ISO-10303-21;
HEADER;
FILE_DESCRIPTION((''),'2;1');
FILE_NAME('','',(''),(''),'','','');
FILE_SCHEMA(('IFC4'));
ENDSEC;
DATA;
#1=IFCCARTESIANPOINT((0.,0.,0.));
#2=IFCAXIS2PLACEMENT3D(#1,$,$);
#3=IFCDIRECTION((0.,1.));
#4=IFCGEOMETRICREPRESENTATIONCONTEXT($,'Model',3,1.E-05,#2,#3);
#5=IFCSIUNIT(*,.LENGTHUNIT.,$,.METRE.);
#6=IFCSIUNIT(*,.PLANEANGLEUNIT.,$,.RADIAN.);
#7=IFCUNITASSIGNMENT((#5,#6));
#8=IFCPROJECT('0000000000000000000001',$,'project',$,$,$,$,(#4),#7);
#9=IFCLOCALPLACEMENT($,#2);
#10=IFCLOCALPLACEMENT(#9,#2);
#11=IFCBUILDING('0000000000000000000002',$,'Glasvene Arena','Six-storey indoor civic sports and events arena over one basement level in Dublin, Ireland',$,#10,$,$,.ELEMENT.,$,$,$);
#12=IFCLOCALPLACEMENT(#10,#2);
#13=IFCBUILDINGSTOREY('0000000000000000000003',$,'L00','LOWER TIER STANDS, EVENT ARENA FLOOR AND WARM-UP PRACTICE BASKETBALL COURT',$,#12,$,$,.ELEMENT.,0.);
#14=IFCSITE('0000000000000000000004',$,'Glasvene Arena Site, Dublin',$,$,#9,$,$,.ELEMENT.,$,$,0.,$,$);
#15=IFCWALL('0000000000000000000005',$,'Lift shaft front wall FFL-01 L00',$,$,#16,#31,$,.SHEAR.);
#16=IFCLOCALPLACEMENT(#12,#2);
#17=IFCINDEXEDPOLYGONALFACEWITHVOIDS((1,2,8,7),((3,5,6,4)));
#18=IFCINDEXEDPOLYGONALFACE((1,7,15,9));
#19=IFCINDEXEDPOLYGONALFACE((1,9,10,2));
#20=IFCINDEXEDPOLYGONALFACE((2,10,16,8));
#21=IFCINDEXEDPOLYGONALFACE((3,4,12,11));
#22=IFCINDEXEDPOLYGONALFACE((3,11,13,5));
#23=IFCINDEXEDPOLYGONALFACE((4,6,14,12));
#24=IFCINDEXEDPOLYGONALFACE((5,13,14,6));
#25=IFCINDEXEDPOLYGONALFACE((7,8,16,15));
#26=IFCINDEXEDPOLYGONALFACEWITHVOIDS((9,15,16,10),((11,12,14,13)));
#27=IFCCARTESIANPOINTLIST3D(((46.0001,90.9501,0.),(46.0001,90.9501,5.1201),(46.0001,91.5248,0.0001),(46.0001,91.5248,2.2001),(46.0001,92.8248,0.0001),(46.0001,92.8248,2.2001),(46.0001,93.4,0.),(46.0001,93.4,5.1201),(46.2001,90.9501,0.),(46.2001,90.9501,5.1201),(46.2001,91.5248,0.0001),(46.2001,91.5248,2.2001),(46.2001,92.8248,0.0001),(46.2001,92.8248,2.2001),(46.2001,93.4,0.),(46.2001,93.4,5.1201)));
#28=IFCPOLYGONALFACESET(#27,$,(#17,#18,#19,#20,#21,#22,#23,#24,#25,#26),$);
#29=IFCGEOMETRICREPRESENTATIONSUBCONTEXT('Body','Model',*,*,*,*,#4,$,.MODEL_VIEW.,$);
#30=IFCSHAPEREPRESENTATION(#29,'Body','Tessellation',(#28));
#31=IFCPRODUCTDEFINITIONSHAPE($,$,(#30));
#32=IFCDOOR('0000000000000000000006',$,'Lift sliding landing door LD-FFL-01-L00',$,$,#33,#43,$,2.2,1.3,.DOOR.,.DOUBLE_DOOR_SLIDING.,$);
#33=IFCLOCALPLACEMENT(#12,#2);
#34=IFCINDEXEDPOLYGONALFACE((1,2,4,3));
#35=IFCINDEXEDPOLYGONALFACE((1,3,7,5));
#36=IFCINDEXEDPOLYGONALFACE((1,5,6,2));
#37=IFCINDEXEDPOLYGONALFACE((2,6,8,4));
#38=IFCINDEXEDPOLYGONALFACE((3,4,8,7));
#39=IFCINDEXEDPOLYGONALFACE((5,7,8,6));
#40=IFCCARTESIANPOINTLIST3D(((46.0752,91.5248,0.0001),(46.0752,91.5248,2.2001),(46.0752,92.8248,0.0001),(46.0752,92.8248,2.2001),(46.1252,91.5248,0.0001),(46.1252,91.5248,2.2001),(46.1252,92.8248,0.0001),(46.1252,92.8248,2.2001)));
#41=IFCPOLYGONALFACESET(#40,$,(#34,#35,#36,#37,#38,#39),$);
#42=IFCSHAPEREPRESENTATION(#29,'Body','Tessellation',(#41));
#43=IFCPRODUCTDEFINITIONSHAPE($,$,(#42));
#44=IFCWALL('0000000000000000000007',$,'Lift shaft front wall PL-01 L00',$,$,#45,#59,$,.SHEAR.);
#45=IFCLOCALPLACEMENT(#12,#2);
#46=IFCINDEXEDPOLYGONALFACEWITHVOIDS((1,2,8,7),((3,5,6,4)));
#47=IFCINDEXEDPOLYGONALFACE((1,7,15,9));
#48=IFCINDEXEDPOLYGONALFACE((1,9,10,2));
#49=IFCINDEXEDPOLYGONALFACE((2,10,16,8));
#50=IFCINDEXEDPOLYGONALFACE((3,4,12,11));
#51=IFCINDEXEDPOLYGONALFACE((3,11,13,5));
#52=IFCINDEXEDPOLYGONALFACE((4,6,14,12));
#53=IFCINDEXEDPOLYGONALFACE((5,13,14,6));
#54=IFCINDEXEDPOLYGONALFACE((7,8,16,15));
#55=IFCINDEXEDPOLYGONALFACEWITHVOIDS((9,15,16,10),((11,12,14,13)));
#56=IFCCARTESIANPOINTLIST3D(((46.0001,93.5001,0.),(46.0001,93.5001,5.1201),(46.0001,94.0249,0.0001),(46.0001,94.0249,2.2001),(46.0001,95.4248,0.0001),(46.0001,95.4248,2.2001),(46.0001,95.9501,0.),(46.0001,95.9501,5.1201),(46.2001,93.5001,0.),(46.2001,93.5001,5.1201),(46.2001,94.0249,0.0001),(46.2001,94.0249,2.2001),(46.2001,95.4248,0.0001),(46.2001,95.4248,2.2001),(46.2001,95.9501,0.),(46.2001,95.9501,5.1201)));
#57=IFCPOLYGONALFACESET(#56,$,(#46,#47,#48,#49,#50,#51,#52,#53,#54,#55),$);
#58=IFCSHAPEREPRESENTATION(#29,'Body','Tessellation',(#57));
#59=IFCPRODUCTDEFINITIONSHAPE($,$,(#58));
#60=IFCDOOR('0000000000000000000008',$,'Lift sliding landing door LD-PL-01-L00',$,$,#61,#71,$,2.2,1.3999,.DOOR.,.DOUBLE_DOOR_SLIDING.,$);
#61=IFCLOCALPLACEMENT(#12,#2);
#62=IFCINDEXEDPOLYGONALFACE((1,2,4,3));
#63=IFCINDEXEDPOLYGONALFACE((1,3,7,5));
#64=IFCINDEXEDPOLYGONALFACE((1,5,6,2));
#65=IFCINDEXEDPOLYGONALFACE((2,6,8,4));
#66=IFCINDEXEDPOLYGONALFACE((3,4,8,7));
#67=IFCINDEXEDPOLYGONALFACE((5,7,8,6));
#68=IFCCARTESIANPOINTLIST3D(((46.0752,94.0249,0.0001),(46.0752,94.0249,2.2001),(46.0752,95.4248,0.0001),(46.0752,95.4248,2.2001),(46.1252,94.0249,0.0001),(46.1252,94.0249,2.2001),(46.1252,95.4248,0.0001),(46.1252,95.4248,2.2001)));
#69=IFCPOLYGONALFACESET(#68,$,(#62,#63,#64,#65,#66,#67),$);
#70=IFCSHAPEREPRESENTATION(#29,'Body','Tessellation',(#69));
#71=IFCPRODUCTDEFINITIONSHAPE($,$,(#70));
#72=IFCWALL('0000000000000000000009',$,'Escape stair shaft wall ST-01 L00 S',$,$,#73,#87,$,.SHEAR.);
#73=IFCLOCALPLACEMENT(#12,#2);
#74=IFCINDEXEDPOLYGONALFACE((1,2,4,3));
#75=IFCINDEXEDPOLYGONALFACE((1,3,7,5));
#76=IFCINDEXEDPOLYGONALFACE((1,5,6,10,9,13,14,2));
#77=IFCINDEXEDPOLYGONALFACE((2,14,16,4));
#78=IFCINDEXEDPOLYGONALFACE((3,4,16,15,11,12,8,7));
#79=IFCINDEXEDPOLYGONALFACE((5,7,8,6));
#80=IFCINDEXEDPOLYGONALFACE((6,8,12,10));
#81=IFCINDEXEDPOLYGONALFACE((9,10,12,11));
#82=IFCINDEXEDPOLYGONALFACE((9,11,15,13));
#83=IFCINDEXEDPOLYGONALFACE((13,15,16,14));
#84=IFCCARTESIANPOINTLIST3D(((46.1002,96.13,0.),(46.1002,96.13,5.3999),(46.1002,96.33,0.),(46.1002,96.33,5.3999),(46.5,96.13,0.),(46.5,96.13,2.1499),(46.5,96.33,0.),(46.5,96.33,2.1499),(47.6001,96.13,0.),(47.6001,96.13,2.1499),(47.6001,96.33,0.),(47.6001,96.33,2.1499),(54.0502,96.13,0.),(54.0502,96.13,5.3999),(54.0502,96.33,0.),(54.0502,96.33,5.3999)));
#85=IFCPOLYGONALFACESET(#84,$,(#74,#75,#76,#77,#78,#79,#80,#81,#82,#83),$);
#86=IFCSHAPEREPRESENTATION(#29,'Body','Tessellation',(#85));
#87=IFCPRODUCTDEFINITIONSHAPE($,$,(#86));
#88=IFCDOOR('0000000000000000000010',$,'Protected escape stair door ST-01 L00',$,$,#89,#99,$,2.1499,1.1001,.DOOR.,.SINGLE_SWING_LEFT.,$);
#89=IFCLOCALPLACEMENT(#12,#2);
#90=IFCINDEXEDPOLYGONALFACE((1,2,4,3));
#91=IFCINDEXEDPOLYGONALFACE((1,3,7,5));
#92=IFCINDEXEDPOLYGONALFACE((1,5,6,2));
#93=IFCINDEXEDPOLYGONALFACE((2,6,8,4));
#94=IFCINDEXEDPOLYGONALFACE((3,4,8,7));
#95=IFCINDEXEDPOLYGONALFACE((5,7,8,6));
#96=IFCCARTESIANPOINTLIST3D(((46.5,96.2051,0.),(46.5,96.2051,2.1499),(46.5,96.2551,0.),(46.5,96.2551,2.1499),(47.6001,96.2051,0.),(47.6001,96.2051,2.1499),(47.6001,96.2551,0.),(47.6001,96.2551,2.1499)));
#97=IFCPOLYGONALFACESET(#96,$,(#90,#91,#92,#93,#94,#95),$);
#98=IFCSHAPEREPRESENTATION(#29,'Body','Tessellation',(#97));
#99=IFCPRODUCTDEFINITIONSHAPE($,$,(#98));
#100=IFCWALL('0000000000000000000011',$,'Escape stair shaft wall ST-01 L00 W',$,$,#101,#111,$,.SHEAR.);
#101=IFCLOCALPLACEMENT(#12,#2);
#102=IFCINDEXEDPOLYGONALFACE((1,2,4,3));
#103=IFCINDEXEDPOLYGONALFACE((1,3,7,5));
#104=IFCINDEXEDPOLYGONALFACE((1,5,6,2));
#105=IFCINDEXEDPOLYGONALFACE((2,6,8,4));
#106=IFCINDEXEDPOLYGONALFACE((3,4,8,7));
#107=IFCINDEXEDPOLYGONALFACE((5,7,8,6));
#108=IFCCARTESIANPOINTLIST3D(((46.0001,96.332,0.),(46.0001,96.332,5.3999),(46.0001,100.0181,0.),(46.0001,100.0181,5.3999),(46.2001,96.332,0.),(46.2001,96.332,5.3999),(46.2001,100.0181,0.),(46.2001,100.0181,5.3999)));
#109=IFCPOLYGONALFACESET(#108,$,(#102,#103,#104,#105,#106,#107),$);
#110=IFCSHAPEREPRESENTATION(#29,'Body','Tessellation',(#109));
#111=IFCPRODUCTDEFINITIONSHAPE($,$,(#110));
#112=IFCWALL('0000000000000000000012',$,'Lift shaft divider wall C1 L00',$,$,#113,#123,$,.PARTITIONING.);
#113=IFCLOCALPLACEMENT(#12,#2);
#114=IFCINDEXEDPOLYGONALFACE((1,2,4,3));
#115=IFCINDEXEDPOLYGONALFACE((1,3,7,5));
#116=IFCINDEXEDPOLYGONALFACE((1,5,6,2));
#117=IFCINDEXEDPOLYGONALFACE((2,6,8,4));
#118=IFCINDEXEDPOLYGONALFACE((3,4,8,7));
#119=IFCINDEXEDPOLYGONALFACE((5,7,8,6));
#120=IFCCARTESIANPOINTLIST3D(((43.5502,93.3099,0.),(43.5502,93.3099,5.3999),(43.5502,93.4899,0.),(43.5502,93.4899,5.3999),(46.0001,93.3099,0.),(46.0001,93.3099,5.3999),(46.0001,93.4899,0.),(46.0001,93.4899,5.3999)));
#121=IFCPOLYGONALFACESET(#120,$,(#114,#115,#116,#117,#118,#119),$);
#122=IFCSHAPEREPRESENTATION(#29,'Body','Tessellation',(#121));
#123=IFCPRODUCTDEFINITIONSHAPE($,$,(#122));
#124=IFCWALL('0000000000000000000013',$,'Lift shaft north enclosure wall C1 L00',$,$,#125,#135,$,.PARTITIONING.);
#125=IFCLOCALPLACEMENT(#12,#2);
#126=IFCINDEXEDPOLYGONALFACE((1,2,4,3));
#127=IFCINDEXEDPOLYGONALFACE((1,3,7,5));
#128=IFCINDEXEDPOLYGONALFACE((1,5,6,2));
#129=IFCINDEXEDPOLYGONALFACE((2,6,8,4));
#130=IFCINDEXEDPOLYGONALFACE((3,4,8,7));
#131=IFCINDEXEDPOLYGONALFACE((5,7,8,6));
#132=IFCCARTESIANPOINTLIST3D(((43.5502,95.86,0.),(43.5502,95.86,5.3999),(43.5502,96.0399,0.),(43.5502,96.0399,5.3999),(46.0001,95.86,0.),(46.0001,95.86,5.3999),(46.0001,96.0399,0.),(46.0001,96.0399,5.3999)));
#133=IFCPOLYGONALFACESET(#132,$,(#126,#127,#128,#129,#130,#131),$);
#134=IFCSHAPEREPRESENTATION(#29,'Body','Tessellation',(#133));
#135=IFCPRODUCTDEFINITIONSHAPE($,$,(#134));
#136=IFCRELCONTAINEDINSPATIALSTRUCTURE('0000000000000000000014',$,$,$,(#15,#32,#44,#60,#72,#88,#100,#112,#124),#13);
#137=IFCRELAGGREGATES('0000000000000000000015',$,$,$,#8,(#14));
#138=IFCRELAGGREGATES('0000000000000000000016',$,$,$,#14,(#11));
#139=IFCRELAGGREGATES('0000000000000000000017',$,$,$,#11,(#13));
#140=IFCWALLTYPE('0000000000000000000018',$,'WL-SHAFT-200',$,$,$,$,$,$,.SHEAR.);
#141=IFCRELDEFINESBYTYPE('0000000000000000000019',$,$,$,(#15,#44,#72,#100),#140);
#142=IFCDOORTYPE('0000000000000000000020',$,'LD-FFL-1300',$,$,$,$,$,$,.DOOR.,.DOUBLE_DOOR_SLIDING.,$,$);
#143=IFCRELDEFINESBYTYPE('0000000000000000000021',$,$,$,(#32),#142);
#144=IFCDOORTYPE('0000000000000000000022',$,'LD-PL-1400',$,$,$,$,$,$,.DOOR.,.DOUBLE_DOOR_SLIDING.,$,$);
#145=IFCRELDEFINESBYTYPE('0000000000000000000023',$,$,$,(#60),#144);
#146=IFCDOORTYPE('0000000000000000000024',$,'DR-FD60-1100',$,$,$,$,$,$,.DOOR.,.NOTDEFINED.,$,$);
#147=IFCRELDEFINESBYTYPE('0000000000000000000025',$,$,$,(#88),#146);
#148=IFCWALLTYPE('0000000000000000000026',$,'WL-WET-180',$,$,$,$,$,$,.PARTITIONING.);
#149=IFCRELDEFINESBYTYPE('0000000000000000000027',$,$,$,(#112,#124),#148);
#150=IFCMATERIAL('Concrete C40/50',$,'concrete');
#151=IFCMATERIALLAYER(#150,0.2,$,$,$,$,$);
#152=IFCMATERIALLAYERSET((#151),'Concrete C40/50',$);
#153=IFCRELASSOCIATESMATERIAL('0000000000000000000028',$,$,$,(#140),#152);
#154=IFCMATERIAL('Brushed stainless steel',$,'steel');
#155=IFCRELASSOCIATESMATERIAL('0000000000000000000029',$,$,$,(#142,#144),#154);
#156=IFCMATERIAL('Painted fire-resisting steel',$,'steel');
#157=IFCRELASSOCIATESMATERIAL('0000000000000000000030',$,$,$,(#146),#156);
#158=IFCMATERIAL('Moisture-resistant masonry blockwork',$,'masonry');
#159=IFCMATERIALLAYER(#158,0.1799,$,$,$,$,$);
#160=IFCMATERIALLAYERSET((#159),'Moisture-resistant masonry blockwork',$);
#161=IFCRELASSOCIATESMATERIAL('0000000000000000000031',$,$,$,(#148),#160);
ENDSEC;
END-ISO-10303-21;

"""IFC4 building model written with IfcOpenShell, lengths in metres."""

from ifc_helpers import new_model, si_unit, direction, frame, frame_2d, origin, place, context, subcontext, project, spatial, rectangle, extrude, material, layer, layer_set, type_object, element, fill, save


model = new_model("IFC4")

# Units and contexts
model_context = context("Model", 3, precision=1e-05, world=origin(), true_north=direction((0.0, 1.0)))
body_context = subcontext(model_context, "Body", "Model", "MODEL_VIEW")
ifc_project = project(units=[si_unit("LENGTHUNIT", "METRE"), si_unit("PLANEANGLEUNIT", "RADIAN")], contexts=[model_context])

# Site, building, storey
site_placement = place(None, origin())
site = spatial("IfcSite", under=ifc_project, at=site_placement, Name="Glasvene Arena Site, Dublin", CompositionType="ELEMENT", RefElevation=0.0)
building_placement = place(site_placement, origin())
building = spatial("IfcBuilding", under=site, at=building_placement, Name="Glasvene Arena", Description="Six-storey indoor civic sports and events arena over one basement level in Dublin, Ireland", CompositionType="ELEMENT")
storey_placement = place(building_placement, origin())
storey = spatial("IfcBuildingStorey", under=building, at=storey_placement, Name="L00", Description="LOWER TIER STANDS, EVENT ARENA FLOOR AND WARM-UP PRACTICE BASKETBALL COURT", CompositionType="ELEMENT", Elevation=0.0)

# Shared definitions
ifc_material_1 = material(Name="Concrete C40/50", Category="concrete")

# Walls, openings, doors
ifc_layer_1 = layer(ifc_material_1, 0.2)
ifc_layer_set_1 = layer_set([ifc_layer_1], Name="Concrete C40/50")
wall_type_1 = type_object("IfcWallType", Name="WL-SHAFT-200", PredefinedType="SHEAR", material=ifc_layer_set_1)
wall_1_placement = place(storey_placement, frame((46.1001, 90.95, 0.0), z_axis=(0.0, 0.0, 1.0), x_axis=(0.0, 1.0, 0.0)))
wall_1 = element("IfcWall", 1, at=wall_1_placement, inside=storey, type_object=wall_type_1, Name="Lift shaft front wall FFL-01 L00", PredefinedType="SHEAR", context=body_context, shape_type="SweptSolid", body=[
    extrude(rectangle(XDim=2.45, YDim=0.2, at=frame_2d((1.2251, 0.0))), origin(), (0.0, 0.0, 1.0), 5.1201),
])
opening_1_placement = place(wall_1_placement, frame((0.575, 0.0, 0.0)))
opening_1 = element("IfcOpeningElement", 2, at=opening_1_placement, cuts=wall_1, PredefinedType="OPENING", context=body_context, shape_type="SweptSolid", body=[
    extrude(rectangle(XDim=1.3, YDim=2.2, at=frame_2d((0.6499, 1.1001))), frame((0.0, 0.1099, 0.0), z_axis=(0.0, -1.0, 0.0), x_axis=(1.0, 0.0, 0.0)), (0.0, 0.0, 1.0), 0.22),
])
ifc_material_2 = material(Name="Brushed stainless steel", Category="steel")
door_type_1 = type_object("IfcDoorType", Name="LD-FFL-1300", OperationType="DOUBLE_DOOR_SLIDING", PredefinedType="DOOR", material=ifc_material_2)
door_1_placement = place(opening_1_placement, origin())
door_1 = element("IfcDoor", 3, at=door_1_placement, inside=storey, type_object=door_type_1, Name="Lift sliding landing door LD-FFL-01-L00", OperationType="DOUBLE_DOOR_SLIDING", OverallHeight=2.2, OverallWidth=1.3, PredefinedType="DOOR", context=body_context, shape_type="SweptSolid", body=[
    extrude(rectangle(XDim=1.3, YDim=2.2, at=frame_2d((0.6499, 1.1001))), frame((0.0, 0.0249, 0.0), z_axis=(0.0, -1.0, 0.0), x_axis=(1.0, 0.0, 0.0)), (0.0, 0.0, 1.0), 0.05),
])
fill(opening_1, door_1)
wall_2_placement = place(storey_placement, frame((46.1001, 93.5, 0.0), z_axis=(0.0, 0.0, 1.0), x_axis=(0.0, 1.0, 0.0)))
wall_2 = element("IfcWall", 4, at=wall_2_placement, inside=storey, type_object=wall_type_1, Name="Lift shaft front wall PL-01 L00", PredefinedType="SHEAR", context=body_context, shape_type="SweptSolid", body=[
    extrude(rectangle(XDim=2.45, YDim=0.2, at=frame_2d((1.2251, 0.0))), origin(), (0.0, 0.0, 1.0), 5.1201),
])
opening_2_placement = place(wall_2_placement, frame((0.5249, 0.0, 0.0)))
opening_2 = element("IfcOpeningElement", 5, at=opening_2_placement, cuts=wall_2, PredefinedType="OPENING", context=body_context, shape_type="SweptSolid", body=[
    extrude(rectangle(XDim=1.3999, YDim=2.2, at=frame_2d((0.7, 1.1001))), frame((0.0, 0.1099, 0.0), z_axis=(0.0, -1.0, 0.0), x_axis=(1.0, 0.0, 0.0)), (0.0, 0.0, 1.0), 0.22),
])
door_type_2 = type_object("IfcDoorType", Name="LD-PL-1400", OperationType="DOUBLE_DOOR_SLIDING", PredefinedType="DOOR", material=ifc_material_2)
door_2_placement = place(opening_2_placement, origin())
door_2 = element("IfcDoor", 6, at=door_2_placement, inside=storey, type_object=door_type_2, Name="Lift sliding landing door LD-PL-01-L00", OperationType="DOUBLE_DOOR_SLIDING", OverallHeight=2.2, OverallWidth=1.3999, PredefinedType="DOOR", context=body_context, shape_type="SweptSolid", body=[
    extrude(rectangle(XDim=1.3999, YDim=2.2, at=frame_2d((0.7, 1.1001))), frame((0.0, 0.0249, 0.0), z_axis=(0.0, -1.0, 0.0), x_axis=(1.0, 0.0, 0.0)), (0.0, 0.0, 1.0), 0.05),
])
fill(opening_2, door_2)
wall_3_placement = place(storey_placement, frame((46.1001, 96.23, 0.0), z_axis=(0.0, 0.0, 1.0), x_axis=(1.0, 0.0, 0.0)))
wall_3 = element("IfcWall", 7, at=wall_3_placement, inside=storey, type_object=wall_type_1, Name="Escape stair shaft wall ST-01 L00 S", PredefinedType="SHEAR", context=body_context, shape_type="SweptSolid", body=[
    extrude(rectangle(XDim=7.95, YDim=0.2, at=frame_2d((3.9751, 0.0))), origin(), (0.0, 0.0, 1.0), 5.3999),
])
opening_3_placement = place(wall_3_placement, frame((0.3999, 0.0, 0.0)))
opening_3 = element("IfcOpeningElement", 8, at=opening_3_placement, cuts=wall_3, PredefinedType="OPENING", context=body_context, shape_type="SweptSolid", body=[
    extrude(rectangle(XDim=1.1001, YDim=2.1499, at=frame_2d((0.55, 1.075))), frame((0.0, 0.1099, 0.0), z_axis=(0.0, -1.0, 0.0), x_axis=(1.0, 0.0, 0.0)), (0.0, 0.0, 1.0), 0.22),
])
ifc_material_3 = material(Name="Painted fire-resisting steel", Category="steel")
door_type_3 = type_object("IfcDoorType", Name="DR-FD60-1100", OperationType="NOTDEFINED", PredefinedType="DOOR", material=ifc_material_3)
door_3_placement = place(opening_3_placement, frame((1.1001, 0.0, 0.0), z_axis=(0.0, 0.0, 1.0), x_axis=(-1.0, 0.0, 0.0)))
door_3 = element("IfcDoor", 9, at=door_3_placement, inside=storey, type_object=door_type_3, Name="Protected escape stair door ST-01 L00", OperationType="SINGLE_SWING_LEFT", OverallHeight=2.1499, OverallWidth=1.1001, PredefinedType="DOOR", context=body_context, shape_type="SweptSolid", body=[
    extrude(rectangle(XDim=1.1001, YDim=2.1499, at=frame_2d((0.55, 1.075))), frame((0.0, 0.0249, 0.0), z_axis=(0.0, -1.0, 0.0), x_axis=(1.0, 0.0, 0.0)), (0.0, 0.0, 1.0), 0.05),
])
fill(opening_3, door_3)

# Walls
wall_4_placement = place(storey_placement, frame((46.1001, 96.332, 0.0), z_axis=(0.0, 0.0, 1.0), x_axis=(0.0, 1.0, 0.0)))
element("IfcWall", 10, at=wall_4_placement, inside=storey, type_object=wall_type_1, Name="Escape stair shaft wall ST-01 L00 W", PredefinedType="SHEAR", context=body_context, shape_type="SweptSolid", body=[
    extrude(rectangle(XDim=3.686, YDim=0.2, at=frame_2d((1.843, 0.0))), origin(), (0.0, 0.0, 1.0), 5.3999),
])
ifc_material_4 = material(Name="Moisture-resistant masonry blockwork", Category="masonry")
ifc_layer_2 = layer(ifc_material_4, 0.1799)
ifc_layer_set_2 = layer_set([ifc_layer_2], Name="Moisture-resistant masonry blockwork")
wall_type_2 = type_object("IfcWallType", Name="WL-WET-180", PredefinedType="PARTITIONING", material=ifc_layer_set_2)
for number, where, z_axis, x_axis, name in (
    (11, (43.55, 93.3999, 0.0), (0.0, 0.0, 1.0), (1.0, 0.0, 0.0), "Lift shaft divider wall C1 L00"),
    (12, (43.55, 95.95, 0.0), (0.0, 0.0, 1.0), (1.0, 0.0, 0.0), "Lift shaft north enclosure wall C1 L00"),
):
    element("IfcWall", number, at=place(storey_placement, frame(where, z_axis=z_axis, x_axis=x_axis)), inside=storey, type_object=wall_type_2, Name=name, PredefinedType="PARTITIONING", context=body_context, shape_type="SweptSolid", body=[
        extrude(rectangle(XDim=2.45, YDim=0.1799, at=frame_2d((1.2251, 0.0))), origin(), (0.0, 0.0, 1.0), 5.3999),
    ])

save(model, "model.ifc")
